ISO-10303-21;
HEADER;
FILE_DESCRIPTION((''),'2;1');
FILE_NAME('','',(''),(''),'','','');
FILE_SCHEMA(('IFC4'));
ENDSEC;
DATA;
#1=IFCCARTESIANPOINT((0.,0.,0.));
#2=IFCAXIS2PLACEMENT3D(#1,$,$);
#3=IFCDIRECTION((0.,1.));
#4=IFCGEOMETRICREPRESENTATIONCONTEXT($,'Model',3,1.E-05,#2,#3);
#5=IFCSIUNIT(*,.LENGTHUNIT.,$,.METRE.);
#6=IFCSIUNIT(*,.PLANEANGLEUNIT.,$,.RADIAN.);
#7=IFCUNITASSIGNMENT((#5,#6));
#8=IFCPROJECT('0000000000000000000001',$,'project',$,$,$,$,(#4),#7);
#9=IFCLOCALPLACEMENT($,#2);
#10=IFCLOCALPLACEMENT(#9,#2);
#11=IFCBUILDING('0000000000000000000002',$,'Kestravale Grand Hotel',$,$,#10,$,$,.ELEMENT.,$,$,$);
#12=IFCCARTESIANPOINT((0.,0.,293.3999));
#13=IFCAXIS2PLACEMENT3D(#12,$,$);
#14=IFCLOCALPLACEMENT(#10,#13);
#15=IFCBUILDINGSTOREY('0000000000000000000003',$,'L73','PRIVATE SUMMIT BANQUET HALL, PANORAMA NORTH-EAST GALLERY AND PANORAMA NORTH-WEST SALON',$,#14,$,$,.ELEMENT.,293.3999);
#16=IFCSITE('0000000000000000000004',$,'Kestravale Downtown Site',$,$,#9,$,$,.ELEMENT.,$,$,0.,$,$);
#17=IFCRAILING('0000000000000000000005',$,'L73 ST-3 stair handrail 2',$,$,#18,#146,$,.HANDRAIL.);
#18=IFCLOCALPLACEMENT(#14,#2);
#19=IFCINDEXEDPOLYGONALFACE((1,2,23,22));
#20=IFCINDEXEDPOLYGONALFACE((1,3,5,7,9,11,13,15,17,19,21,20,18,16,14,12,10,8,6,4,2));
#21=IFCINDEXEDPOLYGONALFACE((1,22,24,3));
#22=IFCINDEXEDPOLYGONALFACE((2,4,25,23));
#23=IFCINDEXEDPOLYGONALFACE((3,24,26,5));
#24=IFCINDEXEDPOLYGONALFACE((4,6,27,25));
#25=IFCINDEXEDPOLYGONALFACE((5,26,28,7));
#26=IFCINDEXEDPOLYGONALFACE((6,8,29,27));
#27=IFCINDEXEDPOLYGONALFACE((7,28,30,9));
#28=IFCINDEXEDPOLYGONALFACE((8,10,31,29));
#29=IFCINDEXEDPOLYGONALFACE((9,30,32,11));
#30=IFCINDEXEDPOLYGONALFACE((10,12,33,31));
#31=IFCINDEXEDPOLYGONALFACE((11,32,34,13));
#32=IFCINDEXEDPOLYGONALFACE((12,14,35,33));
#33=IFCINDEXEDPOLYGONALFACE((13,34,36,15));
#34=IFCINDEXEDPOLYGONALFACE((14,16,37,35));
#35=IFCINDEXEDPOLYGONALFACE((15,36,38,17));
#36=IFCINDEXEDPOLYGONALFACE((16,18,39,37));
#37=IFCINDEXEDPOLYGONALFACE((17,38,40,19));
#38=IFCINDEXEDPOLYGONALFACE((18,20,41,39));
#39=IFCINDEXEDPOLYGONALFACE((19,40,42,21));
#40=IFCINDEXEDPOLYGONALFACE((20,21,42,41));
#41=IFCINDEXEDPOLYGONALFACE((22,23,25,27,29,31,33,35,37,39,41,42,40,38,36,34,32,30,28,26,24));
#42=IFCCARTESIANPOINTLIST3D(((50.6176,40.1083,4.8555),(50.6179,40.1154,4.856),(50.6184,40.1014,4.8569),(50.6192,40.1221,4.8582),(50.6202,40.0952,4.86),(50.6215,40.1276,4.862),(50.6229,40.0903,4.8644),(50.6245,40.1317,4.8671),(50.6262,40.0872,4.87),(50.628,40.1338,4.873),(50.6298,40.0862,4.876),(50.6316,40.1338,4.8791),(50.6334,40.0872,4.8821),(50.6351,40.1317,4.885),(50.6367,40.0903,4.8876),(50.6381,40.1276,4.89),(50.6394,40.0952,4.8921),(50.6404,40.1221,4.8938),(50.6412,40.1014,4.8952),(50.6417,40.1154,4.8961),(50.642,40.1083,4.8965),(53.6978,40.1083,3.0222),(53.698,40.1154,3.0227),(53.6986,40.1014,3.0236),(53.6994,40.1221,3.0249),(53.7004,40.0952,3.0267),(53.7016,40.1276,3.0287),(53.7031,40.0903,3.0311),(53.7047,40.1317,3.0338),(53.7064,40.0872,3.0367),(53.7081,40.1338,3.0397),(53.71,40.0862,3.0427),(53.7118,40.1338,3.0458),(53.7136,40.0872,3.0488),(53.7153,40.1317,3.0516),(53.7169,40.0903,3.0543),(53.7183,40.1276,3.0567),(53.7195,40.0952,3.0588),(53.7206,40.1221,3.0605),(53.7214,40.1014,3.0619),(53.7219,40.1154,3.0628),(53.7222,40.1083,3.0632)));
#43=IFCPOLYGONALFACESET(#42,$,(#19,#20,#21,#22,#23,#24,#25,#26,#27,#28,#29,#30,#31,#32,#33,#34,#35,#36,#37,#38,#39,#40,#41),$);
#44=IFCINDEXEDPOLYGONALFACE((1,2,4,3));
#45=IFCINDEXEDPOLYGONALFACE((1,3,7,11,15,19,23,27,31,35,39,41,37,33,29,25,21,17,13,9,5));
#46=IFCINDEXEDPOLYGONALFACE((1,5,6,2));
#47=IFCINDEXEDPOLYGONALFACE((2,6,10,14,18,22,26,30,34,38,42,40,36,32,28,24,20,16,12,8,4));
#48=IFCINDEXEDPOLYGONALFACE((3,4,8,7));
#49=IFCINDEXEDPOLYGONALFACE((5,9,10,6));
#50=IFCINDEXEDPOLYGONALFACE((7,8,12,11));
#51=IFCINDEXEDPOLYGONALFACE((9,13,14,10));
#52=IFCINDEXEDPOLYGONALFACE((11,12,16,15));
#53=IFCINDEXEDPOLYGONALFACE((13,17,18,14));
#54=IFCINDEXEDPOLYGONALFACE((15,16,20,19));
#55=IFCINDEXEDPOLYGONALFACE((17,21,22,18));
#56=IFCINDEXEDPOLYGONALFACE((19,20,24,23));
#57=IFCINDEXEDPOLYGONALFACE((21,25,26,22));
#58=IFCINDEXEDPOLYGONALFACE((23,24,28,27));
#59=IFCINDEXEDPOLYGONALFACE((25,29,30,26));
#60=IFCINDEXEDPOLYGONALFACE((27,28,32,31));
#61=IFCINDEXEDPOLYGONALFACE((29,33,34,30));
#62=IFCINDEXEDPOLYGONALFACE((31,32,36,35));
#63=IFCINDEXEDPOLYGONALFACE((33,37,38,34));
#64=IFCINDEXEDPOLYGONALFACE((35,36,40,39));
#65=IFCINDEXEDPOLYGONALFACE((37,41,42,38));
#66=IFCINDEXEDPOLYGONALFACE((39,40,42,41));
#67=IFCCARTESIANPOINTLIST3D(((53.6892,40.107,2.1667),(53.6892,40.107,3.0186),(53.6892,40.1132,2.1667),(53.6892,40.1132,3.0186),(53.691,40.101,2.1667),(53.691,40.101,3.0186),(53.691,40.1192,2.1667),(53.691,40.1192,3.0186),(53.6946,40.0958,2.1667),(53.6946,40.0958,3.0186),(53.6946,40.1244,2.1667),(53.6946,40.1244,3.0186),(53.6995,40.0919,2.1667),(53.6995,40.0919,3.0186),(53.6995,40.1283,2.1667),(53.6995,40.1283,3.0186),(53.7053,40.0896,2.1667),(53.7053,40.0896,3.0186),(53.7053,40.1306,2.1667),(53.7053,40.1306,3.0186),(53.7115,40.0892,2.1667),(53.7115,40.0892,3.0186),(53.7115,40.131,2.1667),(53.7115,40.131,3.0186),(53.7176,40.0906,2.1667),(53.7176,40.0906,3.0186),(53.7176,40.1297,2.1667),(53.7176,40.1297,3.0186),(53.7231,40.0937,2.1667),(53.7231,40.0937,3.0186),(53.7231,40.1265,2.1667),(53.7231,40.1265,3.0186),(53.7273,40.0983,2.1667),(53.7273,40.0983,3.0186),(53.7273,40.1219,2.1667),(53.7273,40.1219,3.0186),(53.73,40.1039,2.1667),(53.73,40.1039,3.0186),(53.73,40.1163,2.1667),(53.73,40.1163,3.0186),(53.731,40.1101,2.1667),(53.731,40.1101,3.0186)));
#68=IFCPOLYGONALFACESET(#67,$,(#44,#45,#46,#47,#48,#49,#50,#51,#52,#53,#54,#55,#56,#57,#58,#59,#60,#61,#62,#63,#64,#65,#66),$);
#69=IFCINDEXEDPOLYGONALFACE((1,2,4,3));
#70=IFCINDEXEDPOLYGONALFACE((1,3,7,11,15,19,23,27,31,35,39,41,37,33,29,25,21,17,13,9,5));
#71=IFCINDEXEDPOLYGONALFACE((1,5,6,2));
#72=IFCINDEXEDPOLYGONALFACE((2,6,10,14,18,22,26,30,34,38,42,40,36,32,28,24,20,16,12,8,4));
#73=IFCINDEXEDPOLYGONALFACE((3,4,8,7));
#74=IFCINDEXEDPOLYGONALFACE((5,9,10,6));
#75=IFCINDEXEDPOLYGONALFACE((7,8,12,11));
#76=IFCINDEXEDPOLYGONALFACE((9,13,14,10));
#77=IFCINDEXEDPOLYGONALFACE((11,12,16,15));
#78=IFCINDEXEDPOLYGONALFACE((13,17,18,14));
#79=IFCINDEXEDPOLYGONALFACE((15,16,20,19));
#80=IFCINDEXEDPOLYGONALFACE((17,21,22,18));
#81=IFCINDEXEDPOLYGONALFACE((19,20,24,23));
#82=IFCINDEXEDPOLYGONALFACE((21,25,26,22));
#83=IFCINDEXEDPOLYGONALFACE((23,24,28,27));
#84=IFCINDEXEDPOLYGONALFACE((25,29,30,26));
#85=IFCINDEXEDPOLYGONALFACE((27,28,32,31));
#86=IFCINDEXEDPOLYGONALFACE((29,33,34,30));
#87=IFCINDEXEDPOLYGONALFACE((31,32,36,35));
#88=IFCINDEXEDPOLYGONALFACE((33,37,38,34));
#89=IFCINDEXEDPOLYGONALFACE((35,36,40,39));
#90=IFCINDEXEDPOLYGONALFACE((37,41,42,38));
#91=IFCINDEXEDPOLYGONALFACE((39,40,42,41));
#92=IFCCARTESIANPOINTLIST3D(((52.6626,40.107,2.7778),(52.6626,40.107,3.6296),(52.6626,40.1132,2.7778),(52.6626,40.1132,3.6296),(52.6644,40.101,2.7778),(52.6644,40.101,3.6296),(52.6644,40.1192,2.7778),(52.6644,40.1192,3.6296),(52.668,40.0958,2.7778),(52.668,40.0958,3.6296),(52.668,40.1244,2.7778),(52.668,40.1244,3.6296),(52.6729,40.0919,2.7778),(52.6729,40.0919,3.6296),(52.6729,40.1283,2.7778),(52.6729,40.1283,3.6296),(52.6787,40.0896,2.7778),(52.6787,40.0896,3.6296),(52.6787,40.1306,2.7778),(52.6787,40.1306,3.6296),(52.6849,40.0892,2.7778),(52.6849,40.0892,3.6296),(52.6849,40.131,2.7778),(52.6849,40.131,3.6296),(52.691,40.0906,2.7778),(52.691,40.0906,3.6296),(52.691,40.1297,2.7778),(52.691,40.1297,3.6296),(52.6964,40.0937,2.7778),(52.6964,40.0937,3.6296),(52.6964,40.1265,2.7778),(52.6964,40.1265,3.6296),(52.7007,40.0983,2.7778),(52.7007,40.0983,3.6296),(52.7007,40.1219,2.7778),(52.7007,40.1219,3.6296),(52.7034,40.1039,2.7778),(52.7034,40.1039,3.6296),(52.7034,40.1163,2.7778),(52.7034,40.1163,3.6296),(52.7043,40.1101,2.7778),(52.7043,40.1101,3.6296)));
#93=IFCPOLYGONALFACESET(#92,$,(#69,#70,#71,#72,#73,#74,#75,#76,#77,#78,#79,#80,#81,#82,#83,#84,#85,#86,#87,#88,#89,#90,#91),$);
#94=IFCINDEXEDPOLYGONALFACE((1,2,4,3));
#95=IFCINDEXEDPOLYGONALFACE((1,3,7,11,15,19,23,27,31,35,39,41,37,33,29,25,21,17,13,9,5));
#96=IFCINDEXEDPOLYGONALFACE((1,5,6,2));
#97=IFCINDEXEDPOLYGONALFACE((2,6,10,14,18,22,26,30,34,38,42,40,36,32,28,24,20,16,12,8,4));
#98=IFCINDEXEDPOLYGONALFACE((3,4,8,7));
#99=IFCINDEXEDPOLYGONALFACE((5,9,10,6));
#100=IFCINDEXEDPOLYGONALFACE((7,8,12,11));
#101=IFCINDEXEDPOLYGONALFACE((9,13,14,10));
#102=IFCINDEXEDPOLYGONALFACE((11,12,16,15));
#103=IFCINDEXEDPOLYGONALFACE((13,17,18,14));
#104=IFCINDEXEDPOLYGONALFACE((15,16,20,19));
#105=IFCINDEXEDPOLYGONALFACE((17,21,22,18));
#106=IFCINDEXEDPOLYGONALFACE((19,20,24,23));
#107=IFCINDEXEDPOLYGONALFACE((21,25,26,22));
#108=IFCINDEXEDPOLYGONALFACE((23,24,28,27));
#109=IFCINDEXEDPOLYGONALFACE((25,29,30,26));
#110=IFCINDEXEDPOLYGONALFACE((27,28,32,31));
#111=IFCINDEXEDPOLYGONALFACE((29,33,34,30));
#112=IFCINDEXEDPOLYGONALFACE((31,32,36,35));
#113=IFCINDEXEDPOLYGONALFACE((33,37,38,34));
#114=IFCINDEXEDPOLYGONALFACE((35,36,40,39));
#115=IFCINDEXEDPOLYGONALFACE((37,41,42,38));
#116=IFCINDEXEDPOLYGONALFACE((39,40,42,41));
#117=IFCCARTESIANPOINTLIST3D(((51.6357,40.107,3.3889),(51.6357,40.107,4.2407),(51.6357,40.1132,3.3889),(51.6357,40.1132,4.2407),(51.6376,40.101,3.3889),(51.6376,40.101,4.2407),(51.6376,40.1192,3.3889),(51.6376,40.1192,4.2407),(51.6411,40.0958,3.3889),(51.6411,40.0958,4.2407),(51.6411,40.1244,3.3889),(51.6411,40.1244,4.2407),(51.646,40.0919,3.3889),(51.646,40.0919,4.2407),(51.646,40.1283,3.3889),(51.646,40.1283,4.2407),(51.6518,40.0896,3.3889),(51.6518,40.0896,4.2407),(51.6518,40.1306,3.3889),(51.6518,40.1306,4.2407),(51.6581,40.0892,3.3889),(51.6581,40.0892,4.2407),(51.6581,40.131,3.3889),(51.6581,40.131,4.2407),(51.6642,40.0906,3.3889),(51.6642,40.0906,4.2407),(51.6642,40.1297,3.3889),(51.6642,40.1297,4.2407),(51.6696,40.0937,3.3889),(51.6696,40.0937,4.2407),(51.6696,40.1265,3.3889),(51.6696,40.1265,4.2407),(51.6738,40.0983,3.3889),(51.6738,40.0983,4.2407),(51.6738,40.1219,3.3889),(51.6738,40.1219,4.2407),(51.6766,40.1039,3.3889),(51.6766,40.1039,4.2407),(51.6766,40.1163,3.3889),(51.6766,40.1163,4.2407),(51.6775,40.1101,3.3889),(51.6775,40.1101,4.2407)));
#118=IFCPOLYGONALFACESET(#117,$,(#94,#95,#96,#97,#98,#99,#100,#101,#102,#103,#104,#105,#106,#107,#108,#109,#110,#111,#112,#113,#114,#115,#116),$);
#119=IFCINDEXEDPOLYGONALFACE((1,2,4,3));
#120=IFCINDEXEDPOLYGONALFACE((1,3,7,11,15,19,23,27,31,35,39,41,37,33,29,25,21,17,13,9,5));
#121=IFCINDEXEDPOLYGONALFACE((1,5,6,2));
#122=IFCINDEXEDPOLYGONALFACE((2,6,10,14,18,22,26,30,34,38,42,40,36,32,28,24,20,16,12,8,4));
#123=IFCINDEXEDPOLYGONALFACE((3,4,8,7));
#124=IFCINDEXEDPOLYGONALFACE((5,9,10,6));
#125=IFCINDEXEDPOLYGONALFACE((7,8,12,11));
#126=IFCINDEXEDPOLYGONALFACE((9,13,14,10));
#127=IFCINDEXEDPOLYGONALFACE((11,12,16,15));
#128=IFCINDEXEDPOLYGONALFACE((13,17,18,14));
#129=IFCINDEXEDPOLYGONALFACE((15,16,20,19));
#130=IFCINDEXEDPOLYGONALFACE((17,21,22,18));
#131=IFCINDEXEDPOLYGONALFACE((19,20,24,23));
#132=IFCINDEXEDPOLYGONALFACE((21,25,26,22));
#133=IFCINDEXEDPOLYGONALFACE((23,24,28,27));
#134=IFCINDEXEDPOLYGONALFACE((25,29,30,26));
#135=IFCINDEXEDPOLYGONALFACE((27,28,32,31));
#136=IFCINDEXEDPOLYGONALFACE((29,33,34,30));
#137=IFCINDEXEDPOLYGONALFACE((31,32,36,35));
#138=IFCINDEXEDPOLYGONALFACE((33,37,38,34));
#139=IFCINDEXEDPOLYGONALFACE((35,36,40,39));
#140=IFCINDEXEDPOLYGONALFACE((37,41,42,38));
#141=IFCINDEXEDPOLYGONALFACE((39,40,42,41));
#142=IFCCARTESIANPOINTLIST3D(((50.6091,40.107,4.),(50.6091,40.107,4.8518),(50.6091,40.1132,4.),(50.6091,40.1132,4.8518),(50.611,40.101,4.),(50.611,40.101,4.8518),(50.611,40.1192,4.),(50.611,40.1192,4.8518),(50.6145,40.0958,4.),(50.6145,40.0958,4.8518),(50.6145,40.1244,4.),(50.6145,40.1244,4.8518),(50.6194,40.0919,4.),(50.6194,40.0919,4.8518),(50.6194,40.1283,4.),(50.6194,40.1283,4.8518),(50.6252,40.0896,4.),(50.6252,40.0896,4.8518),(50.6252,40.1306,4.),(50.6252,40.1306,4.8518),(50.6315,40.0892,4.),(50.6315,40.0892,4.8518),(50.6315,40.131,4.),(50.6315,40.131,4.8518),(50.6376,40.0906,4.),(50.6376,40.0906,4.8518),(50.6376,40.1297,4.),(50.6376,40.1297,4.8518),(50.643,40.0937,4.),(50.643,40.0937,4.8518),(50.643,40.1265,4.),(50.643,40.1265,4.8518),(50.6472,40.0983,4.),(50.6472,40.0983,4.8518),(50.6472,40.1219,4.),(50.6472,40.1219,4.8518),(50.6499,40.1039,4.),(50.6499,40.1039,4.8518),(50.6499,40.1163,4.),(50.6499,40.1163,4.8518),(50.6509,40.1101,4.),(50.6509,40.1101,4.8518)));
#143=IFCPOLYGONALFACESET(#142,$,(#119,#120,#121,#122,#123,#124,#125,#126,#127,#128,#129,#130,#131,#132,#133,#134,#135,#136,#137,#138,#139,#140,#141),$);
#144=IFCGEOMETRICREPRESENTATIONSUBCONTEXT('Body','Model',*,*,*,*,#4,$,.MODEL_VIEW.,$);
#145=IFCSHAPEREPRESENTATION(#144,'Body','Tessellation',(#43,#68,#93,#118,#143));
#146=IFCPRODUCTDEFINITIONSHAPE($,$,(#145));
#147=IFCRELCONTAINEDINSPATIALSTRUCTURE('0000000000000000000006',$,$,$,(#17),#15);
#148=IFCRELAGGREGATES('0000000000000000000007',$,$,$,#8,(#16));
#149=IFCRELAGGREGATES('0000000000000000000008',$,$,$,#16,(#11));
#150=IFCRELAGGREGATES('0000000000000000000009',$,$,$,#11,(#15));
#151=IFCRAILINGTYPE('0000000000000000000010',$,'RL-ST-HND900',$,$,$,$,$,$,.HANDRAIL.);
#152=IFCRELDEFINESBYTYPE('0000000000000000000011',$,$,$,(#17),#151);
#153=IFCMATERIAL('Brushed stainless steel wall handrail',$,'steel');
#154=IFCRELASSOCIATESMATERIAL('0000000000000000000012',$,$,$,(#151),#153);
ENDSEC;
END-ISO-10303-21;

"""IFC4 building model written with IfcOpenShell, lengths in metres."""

from ifc_helpers import new_model, si_unit, direction, frame, origin, origin_2d, place, context, subcontext, project, spatial, circle, extrude, material, type_object, element, save


model = new_model("IFC4")

# Units and contexts
model_context = context("Model", 3, precision=1e-05, world=origin(), true_north=direction((0.0, 1.0)))
body_context = subcontext(model_context, "Body", "Model", "MODEL_VIEW")
ifc_project = project(units=[si_unit("LENGTHUNIT", "METRE"), si_unit("PLANEANGLEUNIT", "RADIAN")], contexts=[model_context])

# Site, building, storey
site_placement = place(None, origin())
site = spatial("IfcSite", under=ifc_project, at=site_placement, Name="Kestravale Downtown Site", CompositionType="ELEMENT", RefElevation=0.0)
building_placement = place(site_placement, origin())
building = spatial("IfcBuilding", under=site, at=building_placement, Name="Kestravale Grand Hotel", CompositionType="ELEMENT")
storey_placement = place(building_placement, frame((0.0, 0.0, 293.3999)))
storey = spatial("IfcBuildingStorey", under=building, at=storey_placement, Name="L73", Description="PRIVATE SUMMIT BANQUET HALL, PANORAMA NORTH-EAST GALLERY AND PANORAMA NORTH-WEST SALON", CompositionType="ELEMENT", Elevation=293.3999)

# Railing
ifc_material_1 = material(Name="Brushed stainless steel wall handrail", Category="steel")
railing_type_1 = type_object("IfcRailingType", Name="RL-ST-HND900", PredefinedType="HANDRAIL", material=ifc_material_1)
railing_1_placement = place(storey_placement, frame((53.71, 40.1101, 2.1667)))
element("IfcRailing", 1, at=railing_1_placement, inside=storey, type_object=railing_type_1, Name="L73 ST-3 stair handrail 2", PredefinedType="HANDRAIL", context=body_context, shape_type="SweptSolid", body=[
    extrude(circle(Radius=0.0239, at=origin_2d()), frame((0.0, 0.0, 0.876), z_axis=(-0.859309, 0.0, 0.511458), x_axis=(0.0, -1.0, 0.0)), (0.0, 0.0, 1.0), 3.5845),
    extrude(circle(Radius=0.021, at=origin_2d()), origin(), (0.0, 0.0, 1.0), 0.8518),
    extrude(circle(Radius=0.021, at=origin_2d()), frame((-1.0266, 0.0, 0.6111)), (0.0, 0.0, 1.0), 0.8518),
    extrude(circle(Radius=0.021, at=origin_2d()), frame((-2.0535, 0.0, 1.2222)), (0.0, 0.0, 1.0), 0.8518),
    extrude(circle(Radius=0.021, at=origin_2d()), frame((-3.0801, 0.0, 1.8333)), (0.0, 0.0, 1.0), 0.8518),
])

save(model, "model.ifc")
